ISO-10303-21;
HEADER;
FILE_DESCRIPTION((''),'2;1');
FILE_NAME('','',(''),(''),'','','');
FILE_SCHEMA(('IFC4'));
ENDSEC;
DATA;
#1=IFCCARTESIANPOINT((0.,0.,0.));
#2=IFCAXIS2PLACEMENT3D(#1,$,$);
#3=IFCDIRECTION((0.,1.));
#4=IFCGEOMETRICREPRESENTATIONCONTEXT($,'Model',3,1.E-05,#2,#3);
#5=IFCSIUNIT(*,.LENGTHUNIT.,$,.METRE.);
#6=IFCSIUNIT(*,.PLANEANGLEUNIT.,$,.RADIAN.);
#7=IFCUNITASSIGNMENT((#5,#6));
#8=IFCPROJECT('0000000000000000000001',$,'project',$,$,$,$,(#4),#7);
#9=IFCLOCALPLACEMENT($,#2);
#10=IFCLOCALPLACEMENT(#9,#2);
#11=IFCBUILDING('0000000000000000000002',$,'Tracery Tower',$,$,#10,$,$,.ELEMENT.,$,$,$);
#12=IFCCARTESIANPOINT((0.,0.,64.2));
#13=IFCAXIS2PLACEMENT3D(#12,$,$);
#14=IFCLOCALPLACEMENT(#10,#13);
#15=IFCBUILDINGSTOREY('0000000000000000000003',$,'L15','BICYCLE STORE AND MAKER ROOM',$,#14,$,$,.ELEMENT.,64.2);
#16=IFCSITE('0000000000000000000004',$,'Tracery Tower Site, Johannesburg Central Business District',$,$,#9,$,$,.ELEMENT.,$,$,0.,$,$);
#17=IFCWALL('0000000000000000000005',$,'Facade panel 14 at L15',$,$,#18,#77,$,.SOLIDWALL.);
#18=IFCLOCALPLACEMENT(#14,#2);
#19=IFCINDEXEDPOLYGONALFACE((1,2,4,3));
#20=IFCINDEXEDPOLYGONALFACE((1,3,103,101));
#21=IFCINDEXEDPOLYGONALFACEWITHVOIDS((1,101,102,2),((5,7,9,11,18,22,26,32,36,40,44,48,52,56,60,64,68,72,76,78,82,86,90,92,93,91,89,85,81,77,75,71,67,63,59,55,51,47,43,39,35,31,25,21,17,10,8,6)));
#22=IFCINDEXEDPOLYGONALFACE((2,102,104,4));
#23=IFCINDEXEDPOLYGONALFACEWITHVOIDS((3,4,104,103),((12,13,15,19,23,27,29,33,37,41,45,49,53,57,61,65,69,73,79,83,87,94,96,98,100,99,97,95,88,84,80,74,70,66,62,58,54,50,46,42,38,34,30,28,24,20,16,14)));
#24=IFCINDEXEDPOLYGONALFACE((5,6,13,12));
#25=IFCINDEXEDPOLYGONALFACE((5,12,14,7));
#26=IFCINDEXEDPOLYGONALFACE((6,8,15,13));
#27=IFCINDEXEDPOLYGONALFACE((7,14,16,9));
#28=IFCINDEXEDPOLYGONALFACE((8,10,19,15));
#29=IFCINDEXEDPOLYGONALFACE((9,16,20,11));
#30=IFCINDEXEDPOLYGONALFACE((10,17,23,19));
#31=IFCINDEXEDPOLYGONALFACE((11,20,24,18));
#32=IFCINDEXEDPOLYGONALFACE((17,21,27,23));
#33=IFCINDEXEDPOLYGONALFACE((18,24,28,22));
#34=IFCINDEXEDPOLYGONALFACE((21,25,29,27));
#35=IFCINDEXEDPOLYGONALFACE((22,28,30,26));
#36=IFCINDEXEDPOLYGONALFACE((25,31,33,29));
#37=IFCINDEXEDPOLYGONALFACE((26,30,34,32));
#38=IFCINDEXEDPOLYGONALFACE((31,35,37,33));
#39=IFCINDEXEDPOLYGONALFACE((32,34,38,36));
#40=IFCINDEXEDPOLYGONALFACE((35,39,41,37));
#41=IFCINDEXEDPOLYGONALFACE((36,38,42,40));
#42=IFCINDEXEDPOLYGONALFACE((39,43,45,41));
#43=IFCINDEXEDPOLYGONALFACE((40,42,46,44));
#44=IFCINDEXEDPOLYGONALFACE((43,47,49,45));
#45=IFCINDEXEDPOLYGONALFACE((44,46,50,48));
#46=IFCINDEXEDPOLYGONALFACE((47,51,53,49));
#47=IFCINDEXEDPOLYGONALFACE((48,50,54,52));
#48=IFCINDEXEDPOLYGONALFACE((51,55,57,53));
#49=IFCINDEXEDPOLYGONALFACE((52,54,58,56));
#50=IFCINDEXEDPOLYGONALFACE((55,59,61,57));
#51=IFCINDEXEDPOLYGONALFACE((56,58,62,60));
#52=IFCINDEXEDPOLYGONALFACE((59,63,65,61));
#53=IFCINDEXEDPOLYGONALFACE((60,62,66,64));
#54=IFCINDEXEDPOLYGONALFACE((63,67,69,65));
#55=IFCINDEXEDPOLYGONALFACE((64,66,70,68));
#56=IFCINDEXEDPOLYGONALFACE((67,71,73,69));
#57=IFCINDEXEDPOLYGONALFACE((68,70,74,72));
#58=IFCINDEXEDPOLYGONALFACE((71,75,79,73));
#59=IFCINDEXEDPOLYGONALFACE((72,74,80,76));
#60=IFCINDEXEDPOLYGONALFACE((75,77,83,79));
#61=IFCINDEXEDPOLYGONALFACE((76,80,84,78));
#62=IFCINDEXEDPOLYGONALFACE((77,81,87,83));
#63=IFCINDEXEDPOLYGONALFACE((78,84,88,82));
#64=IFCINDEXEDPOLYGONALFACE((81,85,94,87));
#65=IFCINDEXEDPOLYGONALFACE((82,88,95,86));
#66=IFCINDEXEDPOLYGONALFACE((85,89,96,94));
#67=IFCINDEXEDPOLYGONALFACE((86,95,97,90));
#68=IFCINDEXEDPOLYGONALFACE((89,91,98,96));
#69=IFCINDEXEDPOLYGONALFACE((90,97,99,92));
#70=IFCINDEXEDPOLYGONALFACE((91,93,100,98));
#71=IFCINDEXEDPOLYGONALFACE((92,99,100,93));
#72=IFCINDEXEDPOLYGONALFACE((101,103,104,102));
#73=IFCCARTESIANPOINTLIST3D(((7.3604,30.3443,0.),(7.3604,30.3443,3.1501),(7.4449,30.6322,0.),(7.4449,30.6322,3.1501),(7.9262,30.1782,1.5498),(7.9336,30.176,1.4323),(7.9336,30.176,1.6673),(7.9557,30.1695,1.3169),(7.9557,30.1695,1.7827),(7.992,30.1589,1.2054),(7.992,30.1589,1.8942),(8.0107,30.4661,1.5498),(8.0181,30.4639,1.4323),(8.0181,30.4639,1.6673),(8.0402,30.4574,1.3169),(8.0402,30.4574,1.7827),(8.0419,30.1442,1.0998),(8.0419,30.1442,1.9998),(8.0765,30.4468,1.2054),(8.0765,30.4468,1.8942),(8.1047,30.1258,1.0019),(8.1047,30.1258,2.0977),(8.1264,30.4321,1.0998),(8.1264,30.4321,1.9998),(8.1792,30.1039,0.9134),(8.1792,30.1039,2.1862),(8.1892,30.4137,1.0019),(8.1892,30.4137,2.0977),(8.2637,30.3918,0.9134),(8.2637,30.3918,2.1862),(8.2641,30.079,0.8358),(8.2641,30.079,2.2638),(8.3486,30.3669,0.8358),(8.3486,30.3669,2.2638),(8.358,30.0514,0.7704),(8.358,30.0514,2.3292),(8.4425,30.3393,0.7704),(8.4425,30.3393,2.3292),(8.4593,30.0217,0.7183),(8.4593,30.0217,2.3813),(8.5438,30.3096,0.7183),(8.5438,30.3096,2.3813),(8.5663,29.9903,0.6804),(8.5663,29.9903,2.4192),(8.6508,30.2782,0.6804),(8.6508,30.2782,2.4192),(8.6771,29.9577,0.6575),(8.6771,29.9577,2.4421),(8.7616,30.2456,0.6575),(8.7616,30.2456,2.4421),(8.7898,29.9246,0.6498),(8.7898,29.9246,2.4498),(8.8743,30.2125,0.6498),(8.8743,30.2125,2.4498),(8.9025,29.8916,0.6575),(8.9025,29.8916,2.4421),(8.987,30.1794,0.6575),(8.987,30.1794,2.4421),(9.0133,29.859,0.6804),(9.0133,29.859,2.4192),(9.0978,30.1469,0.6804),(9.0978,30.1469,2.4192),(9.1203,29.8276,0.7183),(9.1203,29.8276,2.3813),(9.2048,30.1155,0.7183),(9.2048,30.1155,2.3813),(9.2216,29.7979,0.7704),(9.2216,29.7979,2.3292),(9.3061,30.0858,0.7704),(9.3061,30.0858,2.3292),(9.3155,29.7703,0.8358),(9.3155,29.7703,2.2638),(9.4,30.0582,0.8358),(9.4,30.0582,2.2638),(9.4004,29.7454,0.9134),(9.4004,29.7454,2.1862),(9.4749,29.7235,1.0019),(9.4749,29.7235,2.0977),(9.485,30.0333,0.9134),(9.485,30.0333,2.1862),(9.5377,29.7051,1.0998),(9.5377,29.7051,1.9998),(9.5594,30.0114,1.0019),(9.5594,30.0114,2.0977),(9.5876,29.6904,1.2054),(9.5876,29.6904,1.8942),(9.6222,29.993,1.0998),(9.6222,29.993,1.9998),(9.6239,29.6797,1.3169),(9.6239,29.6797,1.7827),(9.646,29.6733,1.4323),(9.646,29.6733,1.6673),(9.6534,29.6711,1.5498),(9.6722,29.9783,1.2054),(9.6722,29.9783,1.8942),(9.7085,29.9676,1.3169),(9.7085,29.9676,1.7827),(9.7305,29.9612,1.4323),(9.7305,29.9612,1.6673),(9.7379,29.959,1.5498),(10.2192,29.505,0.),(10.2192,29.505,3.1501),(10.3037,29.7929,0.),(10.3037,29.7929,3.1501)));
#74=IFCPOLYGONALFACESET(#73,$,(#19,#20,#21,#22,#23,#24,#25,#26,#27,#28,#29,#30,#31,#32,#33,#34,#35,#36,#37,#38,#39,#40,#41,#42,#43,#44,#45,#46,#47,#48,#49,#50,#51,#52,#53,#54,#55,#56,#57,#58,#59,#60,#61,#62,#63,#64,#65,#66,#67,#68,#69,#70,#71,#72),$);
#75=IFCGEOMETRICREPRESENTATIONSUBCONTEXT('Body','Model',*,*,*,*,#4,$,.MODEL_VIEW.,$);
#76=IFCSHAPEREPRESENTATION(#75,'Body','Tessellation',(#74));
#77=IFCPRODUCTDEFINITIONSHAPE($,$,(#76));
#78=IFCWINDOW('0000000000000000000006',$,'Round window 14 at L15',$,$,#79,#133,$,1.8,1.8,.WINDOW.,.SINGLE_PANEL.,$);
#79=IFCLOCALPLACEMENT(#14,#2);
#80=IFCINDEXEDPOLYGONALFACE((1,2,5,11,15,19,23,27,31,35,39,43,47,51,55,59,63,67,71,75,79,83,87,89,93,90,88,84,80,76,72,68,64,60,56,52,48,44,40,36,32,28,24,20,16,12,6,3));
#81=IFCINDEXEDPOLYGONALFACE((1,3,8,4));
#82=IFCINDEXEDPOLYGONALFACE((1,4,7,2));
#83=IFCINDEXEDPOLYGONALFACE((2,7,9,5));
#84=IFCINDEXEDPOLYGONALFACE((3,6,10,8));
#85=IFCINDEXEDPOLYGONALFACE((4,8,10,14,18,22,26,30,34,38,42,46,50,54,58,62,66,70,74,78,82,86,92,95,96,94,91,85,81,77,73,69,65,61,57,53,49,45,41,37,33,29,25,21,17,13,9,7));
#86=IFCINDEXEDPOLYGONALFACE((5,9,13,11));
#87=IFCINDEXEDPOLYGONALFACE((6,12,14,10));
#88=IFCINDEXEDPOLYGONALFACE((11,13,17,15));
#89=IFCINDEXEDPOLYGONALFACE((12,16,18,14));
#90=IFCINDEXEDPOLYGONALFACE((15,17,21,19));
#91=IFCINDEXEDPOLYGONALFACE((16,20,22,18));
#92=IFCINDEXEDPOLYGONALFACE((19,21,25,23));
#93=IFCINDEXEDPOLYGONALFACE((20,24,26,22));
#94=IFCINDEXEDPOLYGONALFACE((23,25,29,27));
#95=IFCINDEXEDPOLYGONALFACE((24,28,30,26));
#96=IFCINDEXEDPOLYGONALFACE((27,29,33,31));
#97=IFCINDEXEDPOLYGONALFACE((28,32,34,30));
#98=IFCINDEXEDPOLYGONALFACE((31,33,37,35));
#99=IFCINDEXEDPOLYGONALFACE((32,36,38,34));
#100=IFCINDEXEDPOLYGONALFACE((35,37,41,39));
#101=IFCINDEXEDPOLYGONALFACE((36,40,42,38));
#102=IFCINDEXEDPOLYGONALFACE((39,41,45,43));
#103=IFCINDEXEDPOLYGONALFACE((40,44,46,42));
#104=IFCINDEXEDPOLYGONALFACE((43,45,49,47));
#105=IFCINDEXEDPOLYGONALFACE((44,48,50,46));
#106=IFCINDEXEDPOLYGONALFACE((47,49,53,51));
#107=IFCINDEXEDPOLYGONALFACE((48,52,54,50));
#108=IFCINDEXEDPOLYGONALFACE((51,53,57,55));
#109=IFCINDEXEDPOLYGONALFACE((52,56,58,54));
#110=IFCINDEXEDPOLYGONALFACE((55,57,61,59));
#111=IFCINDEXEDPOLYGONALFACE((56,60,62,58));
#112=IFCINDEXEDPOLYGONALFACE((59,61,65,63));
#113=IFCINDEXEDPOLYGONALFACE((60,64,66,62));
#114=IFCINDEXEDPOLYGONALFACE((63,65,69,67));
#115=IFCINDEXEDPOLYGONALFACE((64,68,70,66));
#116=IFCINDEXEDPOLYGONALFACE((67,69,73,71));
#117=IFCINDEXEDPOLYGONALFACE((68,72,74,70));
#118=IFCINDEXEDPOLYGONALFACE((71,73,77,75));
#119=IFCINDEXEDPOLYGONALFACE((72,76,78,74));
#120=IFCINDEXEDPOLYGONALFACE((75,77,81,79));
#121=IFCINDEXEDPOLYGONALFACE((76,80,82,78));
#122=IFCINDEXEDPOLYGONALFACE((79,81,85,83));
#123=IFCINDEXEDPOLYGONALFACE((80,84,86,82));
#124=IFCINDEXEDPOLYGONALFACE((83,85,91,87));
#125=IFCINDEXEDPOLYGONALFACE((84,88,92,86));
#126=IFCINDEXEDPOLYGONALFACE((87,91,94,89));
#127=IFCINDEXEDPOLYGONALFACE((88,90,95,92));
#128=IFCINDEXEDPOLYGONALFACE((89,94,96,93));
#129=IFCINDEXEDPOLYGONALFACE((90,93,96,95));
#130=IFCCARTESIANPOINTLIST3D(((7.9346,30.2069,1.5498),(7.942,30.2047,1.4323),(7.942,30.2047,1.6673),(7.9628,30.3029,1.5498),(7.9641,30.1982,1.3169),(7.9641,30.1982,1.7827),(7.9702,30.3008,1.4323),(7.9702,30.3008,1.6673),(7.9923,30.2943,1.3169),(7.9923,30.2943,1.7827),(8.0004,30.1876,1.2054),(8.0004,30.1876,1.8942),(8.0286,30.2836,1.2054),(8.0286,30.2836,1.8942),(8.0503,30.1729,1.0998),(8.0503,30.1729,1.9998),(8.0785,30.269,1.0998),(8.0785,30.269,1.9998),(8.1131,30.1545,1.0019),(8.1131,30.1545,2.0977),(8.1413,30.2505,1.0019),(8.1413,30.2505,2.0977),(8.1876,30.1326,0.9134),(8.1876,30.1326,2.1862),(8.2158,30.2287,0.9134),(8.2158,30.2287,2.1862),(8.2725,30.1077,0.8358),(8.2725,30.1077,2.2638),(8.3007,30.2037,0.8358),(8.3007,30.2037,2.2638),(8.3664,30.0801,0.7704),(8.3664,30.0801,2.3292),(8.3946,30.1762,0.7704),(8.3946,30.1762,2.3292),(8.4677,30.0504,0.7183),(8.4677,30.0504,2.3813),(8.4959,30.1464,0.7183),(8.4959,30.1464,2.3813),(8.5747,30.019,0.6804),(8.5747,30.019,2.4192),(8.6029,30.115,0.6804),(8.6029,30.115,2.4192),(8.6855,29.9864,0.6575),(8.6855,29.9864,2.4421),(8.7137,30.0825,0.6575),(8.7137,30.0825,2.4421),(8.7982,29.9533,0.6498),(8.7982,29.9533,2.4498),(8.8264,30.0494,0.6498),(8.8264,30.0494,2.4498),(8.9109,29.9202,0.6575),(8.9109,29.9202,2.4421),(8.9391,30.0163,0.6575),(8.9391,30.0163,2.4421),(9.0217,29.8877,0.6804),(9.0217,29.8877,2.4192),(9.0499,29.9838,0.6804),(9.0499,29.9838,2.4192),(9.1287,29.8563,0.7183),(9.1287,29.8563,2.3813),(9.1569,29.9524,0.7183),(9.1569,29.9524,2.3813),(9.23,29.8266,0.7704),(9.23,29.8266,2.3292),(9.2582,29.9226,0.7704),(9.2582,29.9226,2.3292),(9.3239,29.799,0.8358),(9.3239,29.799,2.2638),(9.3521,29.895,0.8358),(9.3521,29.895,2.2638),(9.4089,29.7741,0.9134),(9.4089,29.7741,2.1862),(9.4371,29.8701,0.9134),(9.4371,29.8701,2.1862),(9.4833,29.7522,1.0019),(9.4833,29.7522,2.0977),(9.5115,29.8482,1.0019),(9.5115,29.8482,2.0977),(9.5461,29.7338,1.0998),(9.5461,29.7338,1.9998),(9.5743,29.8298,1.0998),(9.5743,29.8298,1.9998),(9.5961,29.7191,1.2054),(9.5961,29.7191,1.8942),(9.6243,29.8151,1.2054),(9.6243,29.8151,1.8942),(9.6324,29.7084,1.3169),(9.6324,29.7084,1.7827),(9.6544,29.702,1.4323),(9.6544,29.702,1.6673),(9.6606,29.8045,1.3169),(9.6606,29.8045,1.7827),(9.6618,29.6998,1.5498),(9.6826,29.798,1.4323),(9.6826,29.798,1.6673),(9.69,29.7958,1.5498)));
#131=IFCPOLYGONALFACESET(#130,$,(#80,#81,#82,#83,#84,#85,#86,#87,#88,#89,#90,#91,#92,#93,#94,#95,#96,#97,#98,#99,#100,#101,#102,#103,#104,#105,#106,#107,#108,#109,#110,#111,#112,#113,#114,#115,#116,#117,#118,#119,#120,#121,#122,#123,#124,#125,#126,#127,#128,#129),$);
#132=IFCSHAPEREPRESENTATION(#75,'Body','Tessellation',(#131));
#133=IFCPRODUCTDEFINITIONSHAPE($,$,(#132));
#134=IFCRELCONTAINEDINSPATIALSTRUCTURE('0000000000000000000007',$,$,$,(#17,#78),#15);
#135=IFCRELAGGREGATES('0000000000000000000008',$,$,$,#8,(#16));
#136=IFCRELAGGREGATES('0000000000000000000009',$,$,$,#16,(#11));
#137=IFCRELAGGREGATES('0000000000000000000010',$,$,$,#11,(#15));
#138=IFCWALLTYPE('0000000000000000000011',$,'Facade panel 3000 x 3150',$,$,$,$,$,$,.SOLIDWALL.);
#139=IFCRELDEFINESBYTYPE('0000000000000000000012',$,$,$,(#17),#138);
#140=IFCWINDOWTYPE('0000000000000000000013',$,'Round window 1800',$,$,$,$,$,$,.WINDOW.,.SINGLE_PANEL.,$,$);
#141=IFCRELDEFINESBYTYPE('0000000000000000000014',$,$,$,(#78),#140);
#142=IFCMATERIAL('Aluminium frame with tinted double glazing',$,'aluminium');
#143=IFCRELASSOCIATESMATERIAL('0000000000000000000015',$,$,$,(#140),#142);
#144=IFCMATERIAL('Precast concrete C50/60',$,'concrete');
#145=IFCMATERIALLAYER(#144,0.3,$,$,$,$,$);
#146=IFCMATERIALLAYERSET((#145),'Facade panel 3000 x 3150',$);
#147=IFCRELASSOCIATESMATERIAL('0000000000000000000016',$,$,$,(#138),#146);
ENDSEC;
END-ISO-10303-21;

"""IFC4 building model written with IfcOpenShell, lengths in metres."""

from ifc_helpers import new_model, si_unit, direction, frame, frame_2d, origin, origin_2d, place, context, subcontext, project, spatial, rectangle, circle, extrude, material, layer, layer_set, type_object, element, fill, save


model = new_model("IFC4")

# Units and contexts
model_context = context("Model", 3, precision=1e-05, world=origin(), true_north=direction((0.0, 1.0)))
body_context = subcontext(model_context, "Body", "Model", "MODEL_VIEW")
ifc_project = project(units=[si_unit("LENGTHUNIT", "METRE"), si_unit("PLANEANGLEUNIT", "RADIAN")], contexts=[model_context])

# Site, building, storey
site_placement = place(None, origin())
site = spatial("IfcSite", under=ifc_project, at=site_placement, Name="Tracery Tower Site, Johannesburg Central Business District", CompositionType="ELEMENT", RefElevation=0.0)
building_placement = place(site_placement, origin())
building = spatial("IfcBuilding", under=site, at=building_placement, Name="Tracery Tower", CompositionType="ELEMENT")
storey_placement = place(building_placement, frame((0.0, 0.0, 64.2)))
storey = spatial("IfcBuildingStorey", under=building, at=storey_placement, Name="L15", Description="BICYCLE STORE AND MAKER ROOM", CompositionType="ELEMENT", Elevation=64.2)

# Wall, opening, window
ifc_material_1 = material(Name="Aluminium frame with tinted double glazing", Category="aluminium")
window_type = type_object("IfcWindowType", Name="Round window 1800", PartitioningType="SINGLE_PANEL", PredefinedType="WINDOW", material=ifc_material_1)
ifc_material_2 = material(Name="Precast concrete C50/60", Category="concrete")
ifc_layer_1 = layer(ifc_material_2, 0.3)
ifc_layer_set_1 = layer_set([ifc_layer_1], Name="Facade panel 3000 x 3150")
wall_type_1 = type_object("IfcWallType", Name="Facade panel 3000 x 3150", PredefinedType="SOLIDWALL", material=ifc_layer_set_1)
wall_1_placement = place(storey_placement, frame((10.2615, 29.6489, 0.0), z_axis=(0.0, 0.0, 1.0), x_axis=(-0.959501, 0.281705, 0.0)))
wall_1 = element("IfcWall", 1, at=wall_1_placement, inside=storey, type_object=wall_type_1, Name="Facade panel 14 at L15", PredefinedType="SOLIDWALL", context=body_context, shape_type="SweptSolid", body=[
    extrude(rectangle(XDim=2.9795, YDim=0.3, at=frame_2d((1.4897, 0.0))), origin(), (0.0, 0.0, 1.0), 3.1501),
])
opening_1_placement = place(wall_1_placement, frame((1.4897, 0.0, 1.5498)))
opening_1 = element("IfcOpeningElement", 2, at=opening_1_placement, cuts=wall_1, PredefinedType="OPENING", context=body_context, shape_type="SweptSolid", body=[
    extrude(circle(Radius=0.9, at=origin_2d()), frame((0.0, 0.1599, 0.0), z_axis=(0.0, -1.0, 0.0), x_axis=(1.0, 0.0, 0.0)), (0.0, 0.0, 1.0), 0.3201),
])
window_1_placement = place(opening_1_placement, origin())
window_1 = element("IfcWindow", 3, at=window_1_placement, inside=storey, type_object=window_type, Name="Round window 14 at L15", OverallHeight=1.8, OverallWidth=1.8, PartitioningType="SINGLE_PANEL", PredefinedType="WINDOW", context=body_context, shape_type="SweptSolid", body=[
    extrude(circle(Radius=0.9, at=origin_2d()), frame((0.0, 0.1201, 0.0), z_axis=(0.0, -1.0, 0.0), x_axis=(1.0, 0.0, 0.0)), (0.0, 0.0, 1.0), 0.1001),
])
fill(opening_1, window_1)

save(model, "model.ifc")
